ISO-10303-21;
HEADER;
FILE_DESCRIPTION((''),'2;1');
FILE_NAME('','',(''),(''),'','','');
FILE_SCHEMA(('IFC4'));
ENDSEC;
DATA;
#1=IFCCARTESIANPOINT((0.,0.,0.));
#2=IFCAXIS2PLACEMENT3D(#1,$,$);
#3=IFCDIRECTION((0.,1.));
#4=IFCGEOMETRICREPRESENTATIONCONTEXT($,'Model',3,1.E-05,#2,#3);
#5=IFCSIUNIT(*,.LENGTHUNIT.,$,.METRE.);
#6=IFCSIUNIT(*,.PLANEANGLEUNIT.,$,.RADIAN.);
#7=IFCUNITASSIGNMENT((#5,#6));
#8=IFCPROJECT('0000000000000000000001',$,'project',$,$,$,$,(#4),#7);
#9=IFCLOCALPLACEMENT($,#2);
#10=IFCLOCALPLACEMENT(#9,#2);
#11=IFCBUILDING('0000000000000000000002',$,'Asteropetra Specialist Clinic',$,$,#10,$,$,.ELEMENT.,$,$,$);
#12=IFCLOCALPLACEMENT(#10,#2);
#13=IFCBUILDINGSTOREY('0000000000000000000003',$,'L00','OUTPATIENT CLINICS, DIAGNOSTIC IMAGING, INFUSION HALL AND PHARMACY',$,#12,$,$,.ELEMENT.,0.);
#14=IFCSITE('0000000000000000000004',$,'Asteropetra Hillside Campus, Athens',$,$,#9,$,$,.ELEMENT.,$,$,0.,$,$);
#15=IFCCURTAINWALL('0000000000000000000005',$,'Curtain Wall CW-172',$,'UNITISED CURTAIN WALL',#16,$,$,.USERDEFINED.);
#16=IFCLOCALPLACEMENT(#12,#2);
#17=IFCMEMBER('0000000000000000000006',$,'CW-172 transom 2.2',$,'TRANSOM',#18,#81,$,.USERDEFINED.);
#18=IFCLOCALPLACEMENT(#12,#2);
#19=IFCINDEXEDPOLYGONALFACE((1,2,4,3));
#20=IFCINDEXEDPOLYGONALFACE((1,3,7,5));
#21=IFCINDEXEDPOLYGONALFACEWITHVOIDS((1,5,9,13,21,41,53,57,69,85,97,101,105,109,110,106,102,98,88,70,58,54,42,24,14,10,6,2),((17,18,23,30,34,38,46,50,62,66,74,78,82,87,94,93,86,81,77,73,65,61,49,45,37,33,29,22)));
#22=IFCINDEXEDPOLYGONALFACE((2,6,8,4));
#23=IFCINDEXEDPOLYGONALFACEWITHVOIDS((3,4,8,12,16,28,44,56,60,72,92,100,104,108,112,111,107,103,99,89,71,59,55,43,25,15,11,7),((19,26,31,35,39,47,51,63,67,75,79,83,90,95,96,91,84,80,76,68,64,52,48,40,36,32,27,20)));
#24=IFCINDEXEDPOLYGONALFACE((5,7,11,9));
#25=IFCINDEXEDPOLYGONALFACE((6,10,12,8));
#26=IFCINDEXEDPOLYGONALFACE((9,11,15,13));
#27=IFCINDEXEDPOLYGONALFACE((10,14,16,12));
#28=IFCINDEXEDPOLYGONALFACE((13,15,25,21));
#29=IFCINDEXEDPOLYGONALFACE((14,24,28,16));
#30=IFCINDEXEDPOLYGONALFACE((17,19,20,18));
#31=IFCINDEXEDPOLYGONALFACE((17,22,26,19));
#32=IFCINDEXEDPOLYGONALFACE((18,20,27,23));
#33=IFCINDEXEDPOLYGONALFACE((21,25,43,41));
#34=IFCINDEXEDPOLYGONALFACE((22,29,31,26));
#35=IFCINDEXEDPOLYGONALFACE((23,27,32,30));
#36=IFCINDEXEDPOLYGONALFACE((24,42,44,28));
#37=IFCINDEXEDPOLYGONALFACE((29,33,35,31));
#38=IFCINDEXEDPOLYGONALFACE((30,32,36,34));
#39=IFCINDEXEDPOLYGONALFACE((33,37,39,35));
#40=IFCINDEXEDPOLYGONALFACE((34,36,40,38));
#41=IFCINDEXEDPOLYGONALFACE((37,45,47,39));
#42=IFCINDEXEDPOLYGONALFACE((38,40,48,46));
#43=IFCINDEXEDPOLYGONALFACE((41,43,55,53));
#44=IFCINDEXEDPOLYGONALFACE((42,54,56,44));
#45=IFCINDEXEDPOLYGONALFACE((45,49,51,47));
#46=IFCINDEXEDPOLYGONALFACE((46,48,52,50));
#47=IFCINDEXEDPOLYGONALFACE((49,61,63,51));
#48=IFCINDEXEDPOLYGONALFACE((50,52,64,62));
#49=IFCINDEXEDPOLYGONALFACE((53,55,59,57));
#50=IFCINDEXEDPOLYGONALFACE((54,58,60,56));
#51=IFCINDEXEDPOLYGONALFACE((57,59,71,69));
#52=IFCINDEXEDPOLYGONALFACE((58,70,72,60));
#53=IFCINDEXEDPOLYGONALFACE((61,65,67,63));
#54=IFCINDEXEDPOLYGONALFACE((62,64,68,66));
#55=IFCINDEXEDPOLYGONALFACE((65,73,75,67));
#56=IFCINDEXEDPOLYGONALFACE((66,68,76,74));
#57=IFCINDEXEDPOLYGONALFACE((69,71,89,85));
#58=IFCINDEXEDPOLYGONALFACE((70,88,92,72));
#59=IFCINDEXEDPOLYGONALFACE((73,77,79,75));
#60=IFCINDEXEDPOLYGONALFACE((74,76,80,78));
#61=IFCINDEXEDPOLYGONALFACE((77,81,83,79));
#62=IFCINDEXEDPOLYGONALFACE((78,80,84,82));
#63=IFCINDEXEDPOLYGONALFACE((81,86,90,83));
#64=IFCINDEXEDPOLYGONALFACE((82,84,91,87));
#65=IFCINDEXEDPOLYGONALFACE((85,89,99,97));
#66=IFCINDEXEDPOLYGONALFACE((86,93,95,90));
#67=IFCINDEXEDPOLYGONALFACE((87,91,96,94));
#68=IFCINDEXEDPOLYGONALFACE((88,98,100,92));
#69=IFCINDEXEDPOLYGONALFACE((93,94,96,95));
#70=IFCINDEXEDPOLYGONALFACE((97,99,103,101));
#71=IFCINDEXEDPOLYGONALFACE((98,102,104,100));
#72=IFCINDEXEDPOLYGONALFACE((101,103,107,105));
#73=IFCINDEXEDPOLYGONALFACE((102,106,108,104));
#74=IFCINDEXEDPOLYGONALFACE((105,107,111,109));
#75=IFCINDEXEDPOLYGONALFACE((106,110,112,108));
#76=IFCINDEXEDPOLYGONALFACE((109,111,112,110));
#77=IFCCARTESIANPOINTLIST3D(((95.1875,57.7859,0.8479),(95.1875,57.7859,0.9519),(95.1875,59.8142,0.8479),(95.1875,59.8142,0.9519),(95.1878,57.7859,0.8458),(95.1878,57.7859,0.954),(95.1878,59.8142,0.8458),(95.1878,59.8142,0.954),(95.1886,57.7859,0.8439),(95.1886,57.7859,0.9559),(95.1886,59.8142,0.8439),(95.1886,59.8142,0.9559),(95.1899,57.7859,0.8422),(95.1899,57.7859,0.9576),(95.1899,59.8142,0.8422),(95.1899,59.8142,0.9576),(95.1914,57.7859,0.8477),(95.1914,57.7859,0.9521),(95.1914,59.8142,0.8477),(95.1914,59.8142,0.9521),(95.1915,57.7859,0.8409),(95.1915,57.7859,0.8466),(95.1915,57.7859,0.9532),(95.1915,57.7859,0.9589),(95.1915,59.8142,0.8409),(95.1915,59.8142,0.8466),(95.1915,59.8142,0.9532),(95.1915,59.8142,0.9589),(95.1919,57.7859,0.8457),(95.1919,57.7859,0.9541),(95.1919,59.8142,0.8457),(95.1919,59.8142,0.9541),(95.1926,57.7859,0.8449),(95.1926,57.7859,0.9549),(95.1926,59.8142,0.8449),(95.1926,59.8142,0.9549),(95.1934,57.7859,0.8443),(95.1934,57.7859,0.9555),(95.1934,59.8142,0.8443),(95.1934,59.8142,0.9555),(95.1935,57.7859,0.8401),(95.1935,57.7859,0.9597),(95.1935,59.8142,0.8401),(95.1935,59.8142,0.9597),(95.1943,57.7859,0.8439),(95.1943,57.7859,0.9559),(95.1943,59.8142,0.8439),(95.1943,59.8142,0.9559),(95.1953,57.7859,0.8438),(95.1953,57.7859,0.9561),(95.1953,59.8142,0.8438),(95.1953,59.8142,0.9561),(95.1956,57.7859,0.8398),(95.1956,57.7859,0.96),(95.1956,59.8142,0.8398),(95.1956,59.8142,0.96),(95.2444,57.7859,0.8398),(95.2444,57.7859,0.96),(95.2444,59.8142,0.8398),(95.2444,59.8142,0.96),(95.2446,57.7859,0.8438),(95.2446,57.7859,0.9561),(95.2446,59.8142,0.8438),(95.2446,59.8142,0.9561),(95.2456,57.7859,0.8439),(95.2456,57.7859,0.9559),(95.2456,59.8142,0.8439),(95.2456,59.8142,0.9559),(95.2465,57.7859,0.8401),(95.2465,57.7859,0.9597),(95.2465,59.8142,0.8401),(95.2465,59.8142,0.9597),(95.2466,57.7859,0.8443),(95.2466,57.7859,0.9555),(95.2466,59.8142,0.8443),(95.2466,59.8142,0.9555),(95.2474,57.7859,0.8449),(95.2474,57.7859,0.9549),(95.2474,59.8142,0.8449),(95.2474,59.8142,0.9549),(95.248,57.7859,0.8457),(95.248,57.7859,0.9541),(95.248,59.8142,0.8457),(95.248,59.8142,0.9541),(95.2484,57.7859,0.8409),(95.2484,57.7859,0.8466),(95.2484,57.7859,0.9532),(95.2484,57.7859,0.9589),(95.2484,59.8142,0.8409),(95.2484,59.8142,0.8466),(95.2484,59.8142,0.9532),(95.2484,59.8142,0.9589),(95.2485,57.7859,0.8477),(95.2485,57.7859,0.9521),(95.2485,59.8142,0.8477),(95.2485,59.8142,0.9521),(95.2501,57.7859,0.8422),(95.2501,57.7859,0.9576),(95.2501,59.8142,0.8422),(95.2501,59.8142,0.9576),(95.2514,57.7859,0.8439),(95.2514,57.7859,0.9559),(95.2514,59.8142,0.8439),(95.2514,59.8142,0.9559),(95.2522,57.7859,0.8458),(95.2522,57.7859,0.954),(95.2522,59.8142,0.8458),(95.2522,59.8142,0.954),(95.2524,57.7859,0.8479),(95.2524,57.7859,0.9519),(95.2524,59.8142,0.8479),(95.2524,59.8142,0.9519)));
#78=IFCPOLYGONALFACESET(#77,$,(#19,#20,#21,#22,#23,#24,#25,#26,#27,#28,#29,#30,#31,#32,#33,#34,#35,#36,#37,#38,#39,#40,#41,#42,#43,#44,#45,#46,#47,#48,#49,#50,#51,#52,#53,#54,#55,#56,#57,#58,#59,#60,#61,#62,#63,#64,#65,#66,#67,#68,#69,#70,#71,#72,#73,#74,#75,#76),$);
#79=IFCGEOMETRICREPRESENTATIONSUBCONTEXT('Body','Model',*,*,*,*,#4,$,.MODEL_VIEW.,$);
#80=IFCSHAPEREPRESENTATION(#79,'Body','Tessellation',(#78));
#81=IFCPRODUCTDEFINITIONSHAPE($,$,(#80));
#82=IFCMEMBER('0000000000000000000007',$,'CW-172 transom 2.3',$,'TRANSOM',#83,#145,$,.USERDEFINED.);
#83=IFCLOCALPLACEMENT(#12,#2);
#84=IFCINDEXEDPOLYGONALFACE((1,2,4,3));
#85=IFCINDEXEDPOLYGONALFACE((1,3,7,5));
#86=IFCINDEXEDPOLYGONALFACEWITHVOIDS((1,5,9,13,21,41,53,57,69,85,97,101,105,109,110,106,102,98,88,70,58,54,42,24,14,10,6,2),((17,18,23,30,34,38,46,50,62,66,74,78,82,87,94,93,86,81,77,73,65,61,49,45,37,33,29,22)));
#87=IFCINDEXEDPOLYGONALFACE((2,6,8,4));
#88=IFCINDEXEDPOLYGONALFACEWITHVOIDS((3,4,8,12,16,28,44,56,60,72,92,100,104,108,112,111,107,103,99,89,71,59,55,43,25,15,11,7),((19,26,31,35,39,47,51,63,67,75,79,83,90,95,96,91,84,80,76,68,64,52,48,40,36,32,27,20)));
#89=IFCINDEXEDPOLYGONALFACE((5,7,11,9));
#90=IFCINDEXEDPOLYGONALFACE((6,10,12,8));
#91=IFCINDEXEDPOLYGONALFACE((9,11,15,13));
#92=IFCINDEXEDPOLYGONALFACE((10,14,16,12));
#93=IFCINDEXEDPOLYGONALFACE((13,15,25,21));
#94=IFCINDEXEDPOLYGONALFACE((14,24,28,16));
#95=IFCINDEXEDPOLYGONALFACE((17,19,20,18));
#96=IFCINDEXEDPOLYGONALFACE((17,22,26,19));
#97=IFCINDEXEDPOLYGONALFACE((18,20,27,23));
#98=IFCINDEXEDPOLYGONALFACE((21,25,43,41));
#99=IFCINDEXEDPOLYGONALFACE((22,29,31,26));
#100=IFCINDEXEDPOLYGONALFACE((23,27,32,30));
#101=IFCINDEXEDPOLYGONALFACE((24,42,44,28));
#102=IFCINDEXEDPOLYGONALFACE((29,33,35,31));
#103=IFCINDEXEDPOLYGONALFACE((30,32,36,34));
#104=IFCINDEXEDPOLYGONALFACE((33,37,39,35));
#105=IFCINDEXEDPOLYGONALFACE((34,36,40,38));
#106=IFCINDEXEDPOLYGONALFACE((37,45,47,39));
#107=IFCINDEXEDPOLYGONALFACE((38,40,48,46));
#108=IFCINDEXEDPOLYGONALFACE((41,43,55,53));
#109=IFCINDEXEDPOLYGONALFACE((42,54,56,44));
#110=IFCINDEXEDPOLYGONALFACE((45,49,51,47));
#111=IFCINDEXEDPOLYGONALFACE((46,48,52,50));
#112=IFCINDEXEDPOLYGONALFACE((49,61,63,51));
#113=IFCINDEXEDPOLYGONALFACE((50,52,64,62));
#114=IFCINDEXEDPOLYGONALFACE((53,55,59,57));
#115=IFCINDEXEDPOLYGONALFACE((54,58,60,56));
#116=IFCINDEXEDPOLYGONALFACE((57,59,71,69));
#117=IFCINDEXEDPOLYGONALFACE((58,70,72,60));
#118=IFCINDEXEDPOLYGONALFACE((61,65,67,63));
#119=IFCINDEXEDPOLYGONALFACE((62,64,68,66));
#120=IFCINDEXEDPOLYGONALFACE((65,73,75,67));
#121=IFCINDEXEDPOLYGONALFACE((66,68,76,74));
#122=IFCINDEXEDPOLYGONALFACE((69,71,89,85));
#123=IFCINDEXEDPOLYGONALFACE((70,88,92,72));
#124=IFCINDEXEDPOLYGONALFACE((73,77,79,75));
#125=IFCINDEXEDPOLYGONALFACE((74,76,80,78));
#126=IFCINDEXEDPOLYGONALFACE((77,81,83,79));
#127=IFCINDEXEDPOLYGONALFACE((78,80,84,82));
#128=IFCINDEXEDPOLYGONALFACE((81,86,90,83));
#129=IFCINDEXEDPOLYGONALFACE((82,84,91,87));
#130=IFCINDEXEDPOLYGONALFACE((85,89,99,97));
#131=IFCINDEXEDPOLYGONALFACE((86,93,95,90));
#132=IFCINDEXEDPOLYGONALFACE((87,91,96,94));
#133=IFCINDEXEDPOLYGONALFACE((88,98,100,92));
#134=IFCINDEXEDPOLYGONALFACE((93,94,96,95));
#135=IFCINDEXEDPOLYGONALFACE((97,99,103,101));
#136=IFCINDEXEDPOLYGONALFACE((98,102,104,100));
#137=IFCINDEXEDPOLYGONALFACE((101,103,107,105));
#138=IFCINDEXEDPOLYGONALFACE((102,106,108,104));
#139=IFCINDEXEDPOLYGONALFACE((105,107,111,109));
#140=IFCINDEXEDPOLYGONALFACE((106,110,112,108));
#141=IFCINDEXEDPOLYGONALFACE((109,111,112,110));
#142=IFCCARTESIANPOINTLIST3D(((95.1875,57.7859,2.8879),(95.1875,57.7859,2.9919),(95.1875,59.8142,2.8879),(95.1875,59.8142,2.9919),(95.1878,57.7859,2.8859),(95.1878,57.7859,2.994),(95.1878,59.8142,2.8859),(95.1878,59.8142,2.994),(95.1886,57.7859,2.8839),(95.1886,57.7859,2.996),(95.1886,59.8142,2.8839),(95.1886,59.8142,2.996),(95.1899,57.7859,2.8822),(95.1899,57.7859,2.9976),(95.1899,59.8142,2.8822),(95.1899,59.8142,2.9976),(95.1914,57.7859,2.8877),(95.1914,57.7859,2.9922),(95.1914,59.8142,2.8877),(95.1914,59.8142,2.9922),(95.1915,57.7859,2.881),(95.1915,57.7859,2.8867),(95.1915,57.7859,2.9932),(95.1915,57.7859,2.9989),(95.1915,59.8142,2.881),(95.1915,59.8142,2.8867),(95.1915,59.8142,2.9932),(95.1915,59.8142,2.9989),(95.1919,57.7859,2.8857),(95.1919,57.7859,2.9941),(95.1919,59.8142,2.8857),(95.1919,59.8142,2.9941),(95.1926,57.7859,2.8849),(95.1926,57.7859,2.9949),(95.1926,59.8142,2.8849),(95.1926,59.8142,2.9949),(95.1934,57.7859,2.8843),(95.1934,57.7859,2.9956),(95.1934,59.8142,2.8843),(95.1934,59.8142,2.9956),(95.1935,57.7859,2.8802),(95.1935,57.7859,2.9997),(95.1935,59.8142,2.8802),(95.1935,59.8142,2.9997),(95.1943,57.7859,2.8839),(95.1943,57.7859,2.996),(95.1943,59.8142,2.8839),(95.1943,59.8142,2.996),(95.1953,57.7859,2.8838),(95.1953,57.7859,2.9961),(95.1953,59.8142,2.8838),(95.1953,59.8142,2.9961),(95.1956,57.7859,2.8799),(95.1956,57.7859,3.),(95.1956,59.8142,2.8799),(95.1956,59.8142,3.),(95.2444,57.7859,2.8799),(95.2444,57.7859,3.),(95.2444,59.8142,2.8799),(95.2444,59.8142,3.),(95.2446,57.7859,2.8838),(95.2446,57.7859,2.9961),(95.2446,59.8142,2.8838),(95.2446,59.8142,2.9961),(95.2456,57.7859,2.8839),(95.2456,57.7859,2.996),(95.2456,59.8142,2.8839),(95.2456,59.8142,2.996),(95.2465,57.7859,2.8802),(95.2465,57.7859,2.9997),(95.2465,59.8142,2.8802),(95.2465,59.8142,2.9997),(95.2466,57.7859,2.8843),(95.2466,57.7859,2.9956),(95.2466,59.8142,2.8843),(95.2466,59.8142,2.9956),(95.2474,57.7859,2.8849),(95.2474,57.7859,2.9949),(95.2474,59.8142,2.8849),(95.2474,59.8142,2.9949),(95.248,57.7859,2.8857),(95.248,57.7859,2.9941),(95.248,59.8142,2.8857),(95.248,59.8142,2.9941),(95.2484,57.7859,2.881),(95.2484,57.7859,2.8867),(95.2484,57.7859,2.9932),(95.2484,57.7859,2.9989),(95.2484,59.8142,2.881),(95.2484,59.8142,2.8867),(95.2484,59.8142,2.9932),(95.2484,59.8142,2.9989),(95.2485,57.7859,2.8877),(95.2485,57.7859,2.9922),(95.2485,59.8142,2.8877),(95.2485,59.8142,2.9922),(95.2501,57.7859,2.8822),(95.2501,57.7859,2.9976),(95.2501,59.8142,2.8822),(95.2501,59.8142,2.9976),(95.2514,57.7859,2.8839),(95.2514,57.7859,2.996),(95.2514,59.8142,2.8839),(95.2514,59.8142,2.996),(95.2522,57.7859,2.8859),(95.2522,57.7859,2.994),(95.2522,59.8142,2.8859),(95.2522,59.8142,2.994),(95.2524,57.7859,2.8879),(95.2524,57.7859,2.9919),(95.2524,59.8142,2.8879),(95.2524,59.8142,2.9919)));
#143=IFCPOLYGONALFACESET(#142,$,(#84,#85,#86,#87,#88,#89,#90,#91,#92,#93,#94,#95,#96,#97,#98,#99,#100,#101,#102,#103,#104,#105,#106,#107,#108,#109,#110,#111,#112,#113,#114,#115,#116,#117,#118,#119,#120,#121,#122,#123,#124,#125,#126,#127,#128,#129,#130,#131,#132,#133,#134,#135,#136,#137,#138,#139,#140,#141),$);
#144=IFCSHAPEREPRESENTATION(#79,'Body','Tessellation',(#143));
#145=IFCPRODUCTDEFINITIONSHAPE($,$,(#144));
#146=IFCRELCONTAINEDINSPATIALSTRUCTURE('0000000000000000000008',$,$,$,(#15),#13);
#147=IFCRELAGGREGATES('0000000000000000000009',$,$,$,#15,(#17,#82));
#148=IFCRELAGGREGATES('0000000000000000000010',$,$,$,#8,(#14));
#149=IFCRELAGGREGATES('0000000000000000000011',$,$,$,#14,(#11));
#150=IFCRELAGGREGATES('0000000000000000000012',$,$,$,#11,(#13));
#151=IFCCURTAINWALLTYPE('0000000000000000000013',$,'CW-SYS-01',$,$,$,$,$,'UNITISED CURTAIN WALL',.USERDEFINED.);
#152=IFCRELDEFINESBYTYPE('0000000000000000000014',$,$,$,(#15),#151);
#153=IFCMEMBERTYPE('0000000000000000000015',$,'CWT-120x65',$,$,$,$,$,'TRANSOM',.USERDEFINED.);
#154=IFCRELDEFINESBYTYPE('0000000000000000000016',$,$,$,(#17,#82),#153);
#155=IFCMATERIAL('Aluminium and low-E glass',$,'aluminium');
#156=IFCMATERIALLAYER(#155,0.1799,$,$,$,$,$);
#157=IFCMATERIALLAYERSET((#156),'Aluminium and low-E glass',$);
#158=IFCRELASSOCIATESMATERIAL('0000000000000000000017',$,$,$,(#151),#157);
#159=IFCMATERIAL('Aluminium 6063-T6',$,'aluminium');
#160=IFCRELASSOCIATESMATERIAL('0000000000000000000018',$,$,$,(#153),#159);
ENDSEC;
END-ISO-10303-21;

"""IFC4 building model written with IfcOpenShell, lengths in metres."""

from ifc_helpers import new_model, si_unit, direction, frame, origin, origin_2d, place, context, subcontext, project, spatial, hollow_rectangle, extrude, material, layer, layer_set, material_profile, profile_set, type_object, element, aggregate, save


model = new_model("IFC4")

# Units and contexts
model_context = context("Model", 3, precision=1e-05, world=origin(), true_north=direction((0.0, 1.0)))
body_context = subcontext(model_context, "Body", "Model", "MODEL_VIEW")
ifc_project = project(units=[si_unit("LENGTHUNIT", "METRE"), si_unit("PLANEANGLEUNIT", "RADIAN")], contexts=[model_context])

# Site, building, storey
site_placement = place(None, origin())
site = spatial("IfcSite", under=ifc_project, at=site_placement, Name="Asteropetra Hillside Campus, Athens", CompositionType="ELEMENT", RefElevation=0.0)
building_placement = place(site_placement, origin())
building = spatial("IfcBuilding", under=site, at=building_placement, Name="Asteropetra Specialist Clinic", CompositionType="ELEMENT")
storey_placement = place(building_placement, origin())
storey = spatial("IfcBuildingStorey", under=building, at=storey_placement, Name="L00", Description="OUTPATIENT CLINICS, DIAGNOSTIC IMAGING, INFUSION HALL AND PHARMACY", CompositionType="ELEMENT", Elevation=0.0)

# Curtain wall
ifc_material_1 = material(Name="Aluminium and low-E glass", Category="aluminium")
ifc_layer_1 = layer(ifc_material_1, 0.1799)
ifc_layer_set_1 = layer_set([ifc_layer_1], Name="Aluminium and low-E glass")
curtain_wall_type_1 = type_object("IfcCurtainWallType", Name="CW-SYS-01", ElementType="UNITISED CURTAIN WALL", PredefinedType="USERDEFINED", material=ifc_layer_set_1)
curtain_wall_1_placement = place(storey_placement, origin())
curtain_wall_1 = element("IfcCurtainWall", 1, at=curtain_wall_1_placement, inside=storey, type_object=curtain_wall_type_1, Name="Curtain Wall CW-172", ObjectType="UNITISED CURTAIN WALL", PredefinedType="USERDEFINED")

# Members
ifc_material_2 = material(Name="Aluminium 6063-T6", Category="aluminium")
ifc_material_profile_1 = material_profile(ifc_material_2, hollow_rectangle(XDim=0.0649, YDim=0.1201, WallThickness=0.0039, InnerFilletRadius=0.0039, OuterFilletRadius=0.0081, at=origin_2d()), Name="TRN 120x65x4.0")
ifc_profile_set_1 = profile_set([ifc_material_profile_1], Name="Aluminium 6063-T6")
member_type_1 = type_object("IfcMemberType", Name="CWT-120x65", ElementType="TRANSOM", PredefinedType="USERDEFINED", material=ifc_profile_set_1)
member_1_placement = place(storey_placement, frame((95.22, 57.7859, 0.8999), z_axis=(0.0, 1.0, 0.0), x_axis=(-1.0, 0.0, 0.0)))
member_1 = element("IfcMember", 2, at=member_1_placement, type_object=member_type_1, Name="CW-172 transom 2.2", ObjectType="TRANSOM", PredefinedType="USERDEFINED", context=body_context, shape_type="SweptSolid", body=[
    extrude(hollow_rectangle(XDim=0.0649, YDim=0.1201, WallThickness=0.0039, InnerFilletRadius=0.0039, OuterFilletRadius=0.0081, at=origin_2d()), origin(), (0.0, 0.0, 1.0), 2.0283),
])
member_2_placement = place(storey_placement, frame((95.22, 57.7859, 2.9399), z_axis=(0.0, 1.0, 0.0), x_axis=(-1.0, 0.0, 0.0)))
member_2 = element("IfcMember", 3, at=member_2_placement, type_object=member_type_1, Name="CW-172 transom 2.3", ObjectType="TRANSOM", PredefinedType="USERDEFINED", context=body_context, shape_type="SweptSolid", body=[
    extrude(hollow_rectangle(XDim=0.0649, YDim=0.1201, WallThickness=0.0039, InnerFilletRadius=0.0039, OuterFilletRadius=0.0081, at=origin_2d()), origin(), (0.0, 0.0, 1.0), 2.0283),
])

aggregate(curtain_wall_1, [member_1, member_2])

save(model, "model.ifc")
